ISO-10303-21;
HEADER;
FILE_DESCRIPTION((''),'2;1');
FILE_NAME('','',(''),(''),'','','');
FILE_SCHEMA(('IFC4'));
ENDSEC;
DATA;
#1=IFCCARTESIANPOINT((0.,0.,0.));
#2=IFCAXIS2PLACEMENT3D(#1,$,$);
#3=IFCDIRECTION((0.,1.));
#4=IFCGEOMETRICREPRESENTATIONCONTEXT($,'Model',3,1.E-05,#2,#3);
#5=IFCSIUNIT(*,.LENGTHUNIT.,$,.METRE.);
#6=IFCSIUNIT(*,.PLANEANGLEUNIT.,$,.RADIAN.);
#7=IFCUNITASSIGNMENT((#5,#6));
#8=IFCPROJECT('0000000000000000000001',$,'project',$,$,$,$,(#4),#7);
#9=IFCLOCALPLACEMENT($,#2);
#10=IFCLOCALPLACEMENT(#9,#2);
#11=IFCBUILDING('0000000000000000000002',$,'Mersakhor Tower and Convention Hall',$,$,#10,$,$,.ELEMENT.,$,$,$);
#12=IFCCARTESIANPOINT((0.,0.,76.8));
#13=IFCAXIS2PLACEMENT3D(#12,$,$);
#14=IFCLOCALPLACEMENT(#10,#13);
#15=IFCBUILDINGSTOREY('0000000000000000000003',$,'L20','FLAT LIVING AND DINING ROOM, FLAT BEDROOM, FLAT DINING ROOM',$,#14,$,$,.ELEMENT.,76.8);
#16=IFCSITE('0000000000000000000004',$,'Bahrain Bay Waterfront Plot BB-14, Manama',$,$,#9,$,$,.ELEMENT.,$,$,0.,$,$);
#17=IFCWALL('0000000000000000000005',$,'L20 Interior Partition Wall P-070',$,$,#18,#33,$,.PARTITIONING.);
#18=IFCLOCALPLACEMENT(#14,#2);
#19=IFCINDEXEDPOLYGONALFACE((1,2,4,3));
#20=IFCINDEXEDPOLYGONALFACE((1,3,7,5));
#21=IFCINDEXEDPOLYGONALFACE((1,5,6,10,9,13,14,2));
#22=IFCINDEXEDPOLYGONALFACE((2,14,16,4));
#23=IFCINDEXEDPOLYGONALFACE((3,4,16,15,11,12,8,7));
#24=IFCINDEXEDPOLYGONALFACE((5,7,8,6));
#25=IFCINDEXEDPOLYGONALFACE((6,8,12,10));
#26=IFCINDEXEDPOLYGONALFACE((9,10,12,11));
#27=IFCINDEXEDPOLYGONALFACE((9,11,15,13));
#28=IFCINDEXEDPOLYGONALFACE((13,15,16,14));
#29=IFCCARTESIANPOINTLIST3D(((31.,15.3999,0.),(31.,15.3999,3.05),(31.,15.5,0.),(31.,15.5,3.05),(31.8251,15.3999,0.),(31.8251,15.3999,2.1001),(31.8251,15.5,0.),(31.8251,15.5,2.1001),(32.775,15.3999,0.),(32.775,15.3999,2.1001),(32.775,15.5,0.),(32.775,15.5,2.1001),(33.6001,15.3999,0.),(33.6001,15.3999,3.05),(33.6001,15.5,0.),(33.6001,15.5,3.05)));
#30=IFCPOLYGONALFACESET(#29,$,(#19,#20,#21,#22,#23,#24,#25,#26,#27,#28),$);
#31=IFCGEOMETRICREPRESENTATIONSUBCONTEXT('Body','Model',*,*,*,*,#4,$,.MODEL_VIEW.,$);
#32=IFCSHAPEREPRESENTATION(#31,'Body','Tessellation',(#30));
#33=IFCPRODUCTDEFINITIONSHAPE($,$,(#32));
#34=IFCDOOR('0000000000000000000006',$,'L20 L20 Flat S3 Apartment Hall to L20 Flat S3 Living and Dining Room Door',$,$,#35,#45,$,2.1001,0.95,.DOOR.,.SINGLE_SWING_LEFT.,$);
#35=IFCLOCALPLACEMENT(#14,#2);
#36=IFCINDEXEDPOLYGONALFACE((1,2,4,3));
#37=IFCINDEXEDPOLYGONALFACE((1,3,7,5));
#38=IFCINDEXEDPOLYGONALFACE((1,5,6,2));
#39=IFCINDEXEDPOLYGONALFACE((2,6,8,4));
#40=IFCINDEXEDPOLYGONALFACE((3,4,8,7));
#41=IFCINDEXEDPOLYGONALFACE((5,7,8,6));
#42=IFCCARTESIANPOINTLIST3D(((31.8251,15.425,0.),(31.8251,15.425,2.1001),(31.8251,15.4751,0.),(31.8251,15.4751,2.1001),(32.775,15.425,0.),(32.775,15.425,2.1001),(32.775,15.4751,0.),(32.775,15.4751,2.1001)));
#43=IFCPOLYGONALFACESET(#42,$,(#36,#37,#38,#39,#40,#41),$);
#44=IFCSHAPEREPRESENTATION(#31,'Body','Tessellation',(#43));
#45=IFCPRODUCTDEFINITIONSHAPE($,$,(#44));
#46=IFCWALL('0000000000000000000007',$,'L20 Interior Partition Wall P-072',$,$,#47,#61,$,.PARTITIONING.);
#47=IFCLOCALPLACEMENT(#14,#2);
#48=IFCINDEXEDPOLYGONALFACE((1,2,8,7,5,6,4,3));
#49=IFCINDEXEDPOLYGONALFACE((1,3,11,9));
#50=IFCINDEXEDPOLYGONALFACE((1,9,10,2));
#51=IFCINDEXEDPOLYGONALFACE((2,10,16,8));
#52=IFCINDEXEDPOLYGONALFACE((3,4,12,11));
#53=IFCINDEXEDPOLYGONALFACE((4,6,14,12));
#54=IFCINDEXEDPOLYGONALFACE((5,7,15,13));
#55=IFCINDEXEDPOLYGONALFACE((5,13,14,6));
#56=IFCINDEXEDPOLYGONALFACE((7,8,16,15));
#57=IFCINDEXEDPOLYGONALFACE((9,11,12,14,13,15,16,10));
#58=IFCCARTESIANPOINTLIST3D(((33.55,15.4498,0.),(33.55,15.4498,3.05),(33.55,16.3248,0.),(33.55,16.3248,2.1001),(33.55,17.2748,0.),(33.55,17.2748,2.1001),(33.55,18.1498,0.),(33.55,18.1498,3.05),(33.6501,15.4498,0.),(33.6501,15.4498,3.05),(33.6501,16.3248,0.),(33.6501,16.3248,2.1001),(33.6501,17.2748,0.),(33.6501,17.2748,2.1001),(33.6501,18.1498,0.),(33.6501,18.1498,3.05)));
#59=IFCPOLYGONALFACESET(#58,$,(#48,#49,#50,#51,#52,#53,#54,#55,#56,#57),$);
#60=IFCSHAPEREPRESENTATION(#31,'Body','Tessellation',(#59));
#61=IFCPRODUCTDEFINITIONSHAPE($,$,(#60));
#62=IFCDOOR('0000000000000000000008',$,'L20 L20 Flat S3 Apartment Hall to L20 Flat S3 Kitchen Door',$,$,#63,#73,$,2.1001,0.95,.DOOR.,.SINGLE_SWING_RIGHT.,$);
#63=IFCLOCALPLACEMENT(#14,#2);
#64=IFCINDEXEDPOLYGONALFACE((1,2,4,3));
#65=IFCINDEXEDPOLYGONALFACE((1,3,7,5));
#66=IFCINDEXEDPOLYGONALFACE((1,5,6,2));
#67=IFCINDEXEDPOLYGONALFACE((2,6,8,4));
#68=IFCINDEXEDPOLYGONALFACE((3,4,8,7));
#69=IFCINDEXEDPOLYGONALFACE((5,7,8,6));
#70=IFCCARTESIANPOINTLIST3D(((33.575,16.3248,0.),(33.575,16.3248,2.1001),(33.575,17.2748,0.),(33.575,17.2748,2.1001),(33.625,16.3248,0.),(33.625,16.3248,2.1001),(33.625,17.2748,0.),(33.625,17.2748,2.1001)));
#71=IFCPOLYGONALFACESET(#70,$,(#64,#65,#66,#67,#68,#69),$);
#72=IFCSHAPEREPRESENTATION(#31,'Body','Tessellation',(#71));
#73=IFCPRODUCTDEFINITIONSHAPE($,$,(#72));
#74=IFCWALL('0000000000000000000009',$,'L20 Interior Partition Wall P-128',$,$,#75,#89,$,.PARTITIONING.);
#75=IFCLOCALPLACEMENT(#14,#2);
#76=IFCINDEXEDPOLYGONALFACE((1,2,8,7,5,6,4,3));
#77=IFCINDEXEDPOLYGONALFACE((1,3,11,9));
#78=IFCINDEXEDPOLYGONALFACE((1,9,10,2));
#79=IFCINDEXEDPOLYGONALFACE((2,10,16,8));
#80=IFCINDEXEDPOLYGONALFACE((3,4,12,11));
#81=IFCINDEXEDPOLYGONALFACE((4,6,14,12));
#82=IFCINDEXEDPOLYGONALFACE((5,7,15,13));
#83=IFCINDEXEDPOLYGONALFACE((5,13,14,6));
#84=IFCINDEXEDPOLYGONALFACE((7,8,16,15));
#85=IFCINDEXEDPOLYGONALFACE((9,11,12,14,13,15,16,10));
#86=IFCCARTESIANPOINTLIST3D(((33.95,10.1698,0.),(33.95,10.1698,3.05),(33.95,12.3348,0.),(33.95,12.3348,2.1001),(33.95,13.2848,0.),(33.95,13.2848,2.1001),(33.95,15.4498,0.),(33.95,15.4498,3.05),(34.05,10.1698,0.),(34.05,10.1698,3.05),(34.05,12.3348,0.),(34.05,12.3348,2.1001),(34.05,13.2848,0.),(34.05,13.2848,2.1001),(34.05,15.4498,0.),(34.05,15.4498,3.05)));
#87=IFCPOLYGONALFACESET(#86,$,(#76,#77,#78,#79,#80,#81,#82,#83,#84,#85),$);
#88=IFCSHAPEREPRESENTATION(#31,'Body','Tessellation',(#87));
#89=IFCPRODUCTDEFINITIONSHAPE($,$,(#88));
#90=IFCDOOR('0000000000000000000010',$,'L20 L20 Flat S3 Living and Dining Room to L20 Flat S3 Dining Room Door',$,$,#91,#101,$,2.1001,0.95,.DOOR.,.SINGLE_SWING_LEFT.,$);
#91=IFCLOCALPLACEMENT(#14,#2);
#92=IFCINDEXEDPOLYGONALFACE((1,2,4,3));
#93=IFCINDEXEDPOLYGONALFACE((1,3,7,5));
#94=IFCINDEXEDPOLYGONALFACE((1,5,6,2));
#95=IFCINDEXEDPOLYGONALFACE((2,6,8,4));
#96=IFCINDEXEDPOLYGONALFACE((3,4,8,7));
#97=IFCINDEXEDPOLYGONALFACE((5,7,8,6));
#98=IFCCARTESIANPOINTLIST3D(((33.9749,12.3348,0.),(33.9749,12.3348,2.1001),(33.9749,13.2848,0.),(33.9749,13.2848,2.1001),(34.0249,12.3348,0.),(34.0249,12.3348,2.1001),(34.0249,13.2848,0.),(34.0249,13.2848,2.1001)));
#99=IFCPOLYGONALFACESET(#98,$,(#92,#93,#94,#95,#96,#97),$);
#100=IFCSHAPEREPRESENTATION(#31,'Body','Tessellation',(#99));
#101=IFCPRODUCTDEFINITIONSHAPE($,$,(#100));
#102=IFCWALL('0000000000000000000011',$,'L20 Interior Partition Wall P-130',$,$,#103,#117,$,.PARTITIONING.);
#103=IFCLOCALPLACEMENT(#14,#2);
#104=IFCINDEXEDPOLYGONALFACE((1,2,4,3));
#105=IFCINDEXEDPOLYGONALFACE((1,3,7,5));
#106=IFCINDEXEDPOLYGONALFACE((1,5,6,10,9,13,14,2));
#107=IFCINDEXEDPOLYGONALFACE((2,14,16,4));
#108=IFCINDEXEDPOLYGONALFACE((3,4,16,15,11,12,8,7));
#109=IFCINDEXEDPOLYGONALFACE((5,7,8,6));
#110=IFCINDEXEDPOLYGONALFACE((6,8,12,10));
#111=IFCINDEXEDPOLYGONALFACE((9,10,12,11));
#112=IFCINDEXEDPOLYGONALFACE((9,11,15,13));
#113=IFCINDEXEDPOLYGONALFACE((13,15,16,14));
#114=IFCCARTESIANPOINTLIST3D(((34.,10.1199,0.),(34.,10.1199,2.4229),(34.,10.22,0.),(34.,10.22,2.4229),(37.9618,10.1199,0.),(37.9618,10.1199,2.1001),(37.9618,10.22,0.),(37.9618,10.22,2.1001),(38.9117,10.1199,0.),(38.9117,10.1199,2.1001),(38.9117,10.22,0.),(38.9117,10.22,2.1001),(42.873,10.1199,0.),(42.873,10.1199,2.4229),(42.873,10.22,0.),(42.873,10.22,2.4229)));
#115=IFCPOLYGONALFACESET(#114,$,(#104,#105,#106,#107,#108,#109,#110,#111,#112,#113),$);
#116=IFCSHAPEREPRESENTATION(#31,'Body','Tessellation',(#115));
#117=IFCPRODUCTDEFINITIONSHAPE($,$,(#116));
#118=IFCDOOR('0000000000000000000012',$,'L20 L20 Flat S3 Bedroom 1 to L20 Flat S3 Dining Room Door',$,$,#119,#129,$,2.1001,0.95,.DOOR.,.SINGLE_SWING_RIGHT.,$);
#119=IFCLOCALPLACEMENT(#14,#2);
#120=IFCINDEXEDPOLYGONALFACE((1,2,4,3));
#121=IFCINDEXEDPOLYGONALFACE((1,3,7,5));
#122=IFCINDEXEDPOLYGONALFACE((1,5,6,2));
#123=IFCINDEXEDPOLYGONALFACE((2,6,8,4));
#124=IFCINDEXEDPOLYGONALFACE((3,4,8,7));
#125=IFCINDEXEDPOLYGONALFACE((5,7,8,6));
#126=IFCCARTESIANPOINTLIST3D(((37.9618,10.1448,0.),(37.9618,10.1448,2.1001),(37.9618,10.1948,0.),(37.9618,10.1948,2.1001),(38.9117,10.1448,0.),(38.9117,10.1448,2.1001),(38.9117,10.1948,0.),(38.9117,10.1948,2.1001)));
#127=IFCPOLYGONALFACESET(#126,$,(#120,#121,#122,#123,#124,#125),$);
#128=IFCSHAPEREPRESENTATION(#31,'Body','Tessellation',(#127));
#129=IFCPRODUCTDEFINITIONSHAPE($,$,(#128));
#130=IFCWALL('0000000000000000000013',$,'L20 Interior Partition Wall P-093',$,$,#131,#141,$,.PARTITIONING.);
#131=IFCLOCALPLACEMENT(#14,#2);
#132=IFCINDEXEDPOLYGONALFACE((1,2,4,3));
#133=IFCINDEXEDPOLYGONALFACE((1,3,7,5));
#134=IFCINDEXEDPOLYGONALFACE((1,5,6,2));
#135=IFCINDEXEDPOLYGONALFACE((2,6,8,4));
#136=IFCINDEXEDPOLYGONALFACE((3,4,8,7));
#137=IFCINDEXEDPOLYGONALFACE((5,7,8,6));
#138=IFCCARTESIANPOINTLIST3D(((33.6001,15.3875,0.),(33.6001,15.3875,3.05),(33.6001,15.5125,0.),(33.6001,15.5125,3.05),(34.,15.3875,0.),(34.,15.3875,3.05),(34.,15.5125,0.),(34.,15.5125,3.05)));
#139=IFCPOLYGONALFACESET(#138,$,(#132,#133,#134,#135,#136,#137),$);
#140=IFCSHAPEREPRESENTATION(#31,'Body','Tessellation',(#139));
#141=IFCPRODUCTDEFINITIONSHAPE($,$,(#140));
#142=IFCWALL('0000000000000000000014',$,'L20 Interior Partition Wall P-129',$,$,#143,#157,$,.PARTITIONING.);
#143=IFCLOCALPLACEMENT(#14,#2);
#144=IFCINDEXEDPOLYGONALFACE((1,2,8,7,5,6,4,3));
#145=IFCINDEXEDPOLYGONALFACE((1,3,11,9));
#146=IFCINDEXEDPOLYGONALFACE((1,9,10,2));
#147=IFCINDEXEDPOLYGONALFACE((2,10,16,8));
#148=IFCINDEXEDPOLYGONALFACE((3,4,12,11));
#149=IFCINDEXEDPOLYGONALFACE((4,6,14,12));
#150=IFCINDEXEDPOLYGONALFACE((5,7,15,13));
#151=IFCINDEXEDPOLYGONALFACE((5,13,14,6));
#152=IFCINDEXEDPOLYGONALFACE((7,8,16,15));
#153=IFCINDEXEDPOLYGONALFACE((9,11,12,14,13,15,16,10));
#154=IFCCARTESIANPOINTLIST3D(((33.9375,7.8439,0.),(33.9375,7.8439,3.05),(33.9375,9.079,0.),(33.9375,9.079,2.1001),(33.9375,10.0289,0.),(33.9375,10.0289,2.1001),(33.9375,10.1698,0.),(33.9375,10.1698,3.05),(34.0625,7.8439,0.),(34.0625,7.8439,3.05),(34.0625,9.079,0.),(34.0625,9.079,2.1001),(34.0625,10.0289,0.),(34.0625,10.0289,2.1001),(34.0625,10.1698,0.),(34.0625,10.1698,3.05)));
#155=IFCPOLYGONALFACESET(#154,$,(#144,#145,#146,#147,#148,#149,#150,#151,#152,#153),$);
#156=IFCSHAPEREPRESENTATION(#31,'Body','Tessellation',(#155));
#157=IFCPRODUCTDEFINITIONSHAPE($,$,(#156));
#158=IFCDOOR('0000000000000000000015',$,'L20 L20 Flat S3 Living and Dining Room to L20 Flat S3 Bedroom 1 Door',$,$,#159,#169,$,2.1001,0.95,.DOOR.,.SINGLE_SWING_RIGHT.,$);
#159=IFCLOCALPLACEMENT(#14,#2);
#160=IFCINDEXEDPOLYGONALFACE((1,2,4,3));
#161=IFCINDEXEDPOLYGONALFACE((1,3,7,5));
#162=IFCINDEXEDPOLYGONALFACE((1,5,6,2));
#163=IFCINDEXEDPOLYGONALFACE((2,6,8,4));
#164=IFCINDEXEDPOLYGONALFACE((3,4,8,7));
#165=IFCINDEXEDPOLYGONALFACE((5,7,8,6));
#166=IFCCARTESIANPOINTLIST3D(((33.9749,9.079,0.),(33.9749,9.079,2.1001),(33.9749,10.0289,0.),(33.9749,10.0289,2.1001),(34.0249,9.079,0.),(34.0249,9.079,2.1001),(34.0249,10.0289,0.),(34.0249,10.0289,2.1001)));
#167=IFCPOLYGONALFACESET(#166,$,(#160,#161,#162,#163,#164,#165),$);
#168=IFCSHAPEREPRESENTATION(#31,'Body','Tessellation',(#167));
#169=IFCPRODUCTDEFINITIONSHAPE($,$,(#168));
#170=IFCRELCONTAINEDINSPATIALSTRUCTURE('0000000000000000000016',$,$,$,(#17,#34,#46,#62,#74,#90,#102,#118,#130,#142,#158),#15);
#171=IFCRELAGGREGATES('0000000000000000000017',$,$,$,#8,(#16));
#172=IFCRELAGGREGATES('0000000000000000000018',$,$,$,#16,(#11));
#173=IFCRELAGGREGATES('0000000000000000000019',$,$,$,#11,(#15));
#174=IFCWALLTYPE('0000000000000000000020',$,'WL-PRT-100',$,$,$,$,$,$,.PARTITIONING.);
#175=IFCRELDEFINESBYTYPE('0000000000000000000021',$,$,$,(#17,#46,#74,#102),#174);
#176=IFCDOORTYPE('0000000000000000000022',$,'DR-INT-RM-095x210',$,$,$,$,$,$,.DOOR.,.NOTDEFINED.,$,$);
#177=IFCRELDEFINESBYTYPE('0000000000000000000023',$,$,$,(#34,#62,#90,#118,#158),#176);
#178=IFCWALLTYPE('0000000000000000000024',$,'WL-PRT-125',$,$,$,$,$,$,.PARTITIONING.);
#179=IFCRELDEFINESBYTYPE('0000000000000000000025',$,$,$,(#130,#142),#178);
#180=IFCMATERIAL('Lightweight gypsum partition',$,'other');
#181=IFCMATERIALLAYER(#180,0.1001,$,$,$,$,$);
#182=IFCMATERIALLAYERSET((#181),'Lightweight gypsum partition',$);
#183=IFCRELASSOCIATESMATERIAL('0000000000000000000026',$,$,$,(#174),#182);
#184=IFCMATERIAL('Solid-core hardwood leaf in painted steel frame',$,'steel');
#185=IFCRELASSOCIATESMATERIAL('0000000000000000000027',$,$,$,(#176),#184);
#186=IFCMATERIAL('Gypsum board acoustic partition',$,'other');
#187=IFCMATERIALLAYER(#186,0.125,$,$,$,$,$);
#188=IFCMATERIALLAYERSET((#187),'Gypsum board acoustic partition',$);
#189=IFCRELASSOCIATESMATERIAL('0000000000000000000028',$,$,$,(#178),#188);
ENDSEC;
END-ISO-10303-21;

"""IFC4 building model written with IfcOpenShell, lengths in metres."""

from ifc_helpers import new_model, si_unit, direction, frame, frame_2d, origin, place, context, subcontext, project, spatial, rectangle, extrude, material, layer, layer_set, type_object, element, fill, save


model = new_model("IFC4")

# Units and contexts
model_context = context("Model", 3, precision=1e-05, world=origin(), true_north=direction((0.0, 1.0)))
body_context = subcontext(model_context, "Body", "Model", "MODEL_VIEW")
ifc_project = project(units=[si_unit("LENGTHUNIT", "METRE"), si_unit("PLANEANGLEUNIT", "RADIAN")], contexts=[model_context])

# Site, building, storey
site_placement = place(None, origin())
site = spatial("IfcSite", under=ifc_project, at=site_placement, Name="Bahrain Bay Waterfront Plot BB-14, Manama", CompositionType="ELEMENT", RefElevation=0.0)
building_placement = place(site_placement, origin())
building = spatial("IfcBuilding", under=site, at=building_placement, Name="Mersakhor Tower and Convention Hall", CompositionType="ELEMENT")
storey_placement = place(building_placement, frame((0.0, 0.0, 76.8)))
storey = spatial("IfcBuildingStorey", under=building, at=storey_placement, Name="L20", Description="FLAT LIVING AND DINING ROOM, FLAT BEDROOM, FLAT DINING ROOM", CompositionType="ELEMENT", Elevation=76.8)

# Walls, openings, doors
ifc_material_1 = material(Name="Lightweight gypsum partition", Category="other")
ifc_layer_1 = layer(ifc_material_1, 0.1001)
ifc_layer_set_1 = layer_set([ifc_layer_1], Name="Lightweight gypsum partition")
wall_type_1 = type_object("IfcWallType", Name="WL-PRT-100", PredefinedType="PARTITIONING", material=ifc_layer_set_1)
wall_1_placement = place(storey_placement, frame((33.6001, 15.45, 0.0), z_axis=(0.0, 0.0, 1.0), x_axis=(-1.0, 0.0, 0.0)))
wall_1 = element("IfcWall", 1, at=wall_1_placement, inside=storey, type_object=wall_type_1, Name="L20 Interior Partition Wall P-070", PredefinedType="PARTITIONING", context=body_context, shape_type="SweptSolid", body=[
    extrude(rectangle(XDim=2.6001, YDim=0.1001, at=frame_2d((1.3, 0.0))), origin(), (0.0, 0.0, 1.0), 3.05),
])
opening_1_placement = place(wall_1_placement, frame((0.825, 0.0, 0.0)))
opening_1 = element("IfcOpeningElement", 2, at=opening_1_placement, cuts=wall_1, PredefinedType="OPENING", context=body_context, shape_type="SweptSolid", body=[
    extrude(rectangle(XDim=0.95, YDim=2.1001, at=frame_2d((0.4751, 1.05))), frame((0.0, 0.0601, 0.0), z_axis=(0.0, -1.0, 0.0), x_axis=(1.0, 0.0, 0.0)), (0.0, 0.0, 1.0), 0.1201),
])
ifc_material_2 = material(Name="Solid-core hardwood leaf in painted steel frame", Category="steel")
door_type_1 = type_object("IfcDoorType", Name="DR-INT-RM-095x210", OperationType="NOTDEFINED", PredefinedType="DOOR", material=ifc_material_2)
door_1_placement = place(opening_1_placement, origin())
door_1 = element("IfcDoor", 3, at=door_1_placement, inside=storey, type_object=door_type_1, Name="L20 L20 Flat S3 Apartment Hall to L20 Flat S3 Living and Dining Room Door", OperationType="SINGLE_SWING_LEFT", OverallHeight=2.1001, OverallWidth=0.95, PredefinedType="DOOR", context=body_context, shape_type="SweptSolid", body=[
    extrude(rectangle(XDim=0.95, YDim=2.1001, at=frame_2d((0.4751, 1.05))), frame((0.0, 0.0249, 0.0), z_axis=(0.0, -1.0, 0.0), x_axis=(1.0, 0.0, 0.0)), (0.0, 0.0, 1.0), 0.05),
])
fill(opening_1, door_1)
wall_2_placement = place(storey_placement, frame((33.6001, 18.1499, 0.0), z_axis=(0.0, 0.0, 1.0), x_axis=(0.0, -1.0, 0.0)))
wall_2 = element("IfcWall", 4, at=wall_2_placement, inside=storey, type_object=wall_type_1, Name="L20 Interior Partition Wall P-072", PredefinedType="PARTITIONING", context=body_context, shape_type="SweptSolid", body=[
    extrude(rectangle(XDim=2.7, YDim=0.1001, at=frame_2d((1.3501, 0.0))), origin(), (0.0, 0.0, 1.0), 3.05),
])
opening_2_placement = place(wall_2_placement, frame((0.875, 0.0, 0.0)))
opening_2 = element("IfcOpeningElement", 5, at=opening_2_placement, cuts=wall_2, PredefinedType="OPENING", context=body_context, shape_type="SweptSolid", body=[
    extrude(rectangle(XDim=0.95, YDim=2.1001, at=frame_2d((0.4751, 1.05))), frame((0.0, 0.0601, 0.0), z_axis=(0.0, -1.0, 0.0), x_axis=(1.0, 0.0, 0.0)), (0.0, 0.0, 1.0), 0.1201),
])
door_2_placement = place(opening_2_placement, origin())
door_2 = element("IfcDoor", 6, at=door_2_placement, inside=storey, type_object=door_type_1, Name="L20 L20 Flat S3 Apartment Hall to L20 Flat S3 Kitchen Door", OperationType="SINGLE_SWING_RIGHT", OverallHeight=2.1001, OverallWidth=0.95, PredefinedType="DOOR", context=body_context, shape_type="SweptSolid", body=[
    extrude(rectangle(XDim=0.95, YDim=2.1001, at=frame_2d((0.4751, 1.05))), frame((0.0, 0.0249, 0.0), z_axis=(0.0, -1.0, 0.0), x_axis=(1.0, 0.0, 0.0)), (0.0, 0.0, 1.0), 0.05),
])
fill(opening_2, door_2)
wall_3_placement = place(storey_placement, frame((34.0, 15.45, 0.0), z_axis=(0.0, 0.0, 1.0), x_axis=(0.0, -1.0, 0.0)))
wall_3 = element("IfcWall", 7, at=wall_3_placement, inside=storey, type_object=wall_type_1, Name="L20 Interior Partition Wall P-128", PredefinedType="PARTITIONING", context=body_context, shape_type="SweptSolid", body=[
    extrude(rectangle(XDim=5.28, YDim=0.1001, at=frame_2d((2.6401, 0.0))), origin(), (0.0, 0.0, 1.0), 3.05),
])
opening_3_placement = place(wall_3_placement, frame((2.165, 0.0, 0.0)))
opening_3 = element("IfcOpeningElement", 8, at=opening_3_placement, cuts=wall_3, PredefinedType="OPENING", context=body_context, shape_type="SweptSolid", body=[
    extrude(rectangle(XDim=0.95, YDim=2.1001, at=frame_2d((0.4751, 1.05))), frame((0.0, 0.0601, 0.0), z_axis=(0.0, -1.0, 0.0), x_axis=(1.0, 0.0, 0.0)), (0.0, 0.0, 1.0), 0.1201),
])
door_3_placement = place(opening_3_placement, origin())
door_3 = element("IfcDoor", 9, at=door_3_placement, inside=storey, type_object=door_type_1, Name="L20 L20 Flat S3 Living and Dining Room to L20 Flat S3 Dining Room Door", OperationType="SINGLE_SWING_LEFT", OverallHeight=2.1001, OverallWidth=0.95, PredefinedType="DOOR", context=body_context, shape_type="SweptSolid", body=[
    extrude(rectangle(XDim=0.95, YDim=2.1001, at=frame_2d((0.4751, 1.05))), frame((0.0, 0.0249, 0.0), z_axis=(0.0, -1.0, 0.0), x_axis=(1.0, 0.0, 0.0)), (0.0, 0.0, 1.0), 0.05),
])
fill(opening_3, door_3)
wall_4_placement = place(storey_placement, frame((34.0, 10.1699, 0.0), z_axis=(0.0, 0.0, 1.0), x_axis=(1.0, 0.0, 0.0)))
wall_4 = element("IfcWall", 10, at=wall_4_placement, inside=storey, type_object=wall_type_1, Name="L20 Interior Partition Wall P-130", PredefinedType="PARTITIONING", context=body_context, shape_type="SweptSolid", body=[
    extrude(rectangle(XDim=8.873, YDim=0.1001, at=frame_2d((4.4365, 0.0))), origin(), (0.0, 0.0, 1.0), 2.4229),
])
opening_4_placement = place(wall_4_placement, frame((3.9617, 0.0, 0.0)))
opening_4 = element("IfcOpeningElement", 11, at=opening_4_placement, cuts=wall_4, PredefinedType="OPENING", context=body_context, shape_type="SweptSolid", body=[
    extrude(rectangle(XDim=0.95, YDim=2.1001, at=frame_2d((0.4751, 1.05))), frame((0.0, 0.0601, 0.0), z_axis=(0.0, -1.0, 0.0), x_axis=(1.0, 0.0, 0.0)), (0.0, 0.0, 1.0), 0.1201),
])
door_4_placement = place(opening_4_placement, origin())
door_4 = element("IfcDoor", 12, at=door_4_placement, inside=storey, type_object=door_type_1, Name="L20 L20 Flat S3 Bedroom 1 to L20 Flat S3 Dining Room Door", OperationType="SINGLE_SWING_RIGHT", OverallHeight=2.1001, OverallWidth=0.95, PredefinedType="DOOR", context=body_context, shape_type="SweptSolid", body=[
    extrude(rectangle(XDim=0.95, YDim=2.1001, at=frame_2d((0.4751, 1.05))), frame((0.0, 0.0249, 0.0), z_axis=(0.0, -1.0, 0.0), x_axis=(1.0, 0.0, 0.0)), (0.0, 0.0, 1.0), 0.05),
])
fill(opening_4, door_4)

# Wall
ifc_material_3 = material(Name="Gypsum board acoustic partition", Category="other")
ifc_layer_2 = layer(ifc_material_3, 0.125)
ifc_layer_set_2 = layer_set([ifc_layer_2], Name="Gypsum board acoustic partition")
wall_type_2 = type_object("IfcWallType", Name="WL-PRT-125", PredefinedType="PARTITIONING", material=ifc_layer_set_2)
wall_5_placement = place(storey_placement, frame((34.0, 15.45, 0.0), z_axis=(0.0, 0.0, 1.0), x_axis=(-1.0, 0.0, 0.0)))
element("IfcWall", 13, at=wall_5_placement, inside=storey, type_object=wall_type_2, Name="L20 Interior Partition Wall P-093", PredefinedType="PARTITIONING", context=body_context, shape_type="SweptSolid", body=[
    extrude(rectangle(XDim=0.3999, YDim=0.125, at=frame_2d((0.2, 0.0))), origin(), (0.0, 0.0, 1.0), 3.05),
])

# Wall, opening, door
wall_6_placement = place(storey_placement, frame((34.0, 10.1699, 0.0), z_axis=(0.0, 0.0, 1.0), x_axis=(0.0, -1.0, 0.0)))
wall_6 = element("IfcWall", 14, at=wall_6_placement, inside=storey, type_object=wall_type_2, Name="L20 Interior Partition Wall P-129", PredefinedType="PARTITIONING", context=body_context, shape_type="SweptSolid", body=[
    extrude(rectangle(XDim=2.3259, YDim=0.125, at=frame_2d((1.1631, 0.0))), origin(), (0.0, 0.0, 1.0), 3.05),
])
opening_5_placement = place(wall_6_placement, frame((0.1409, 0.0, 0.0)))
opening_5 = element("IfcOpeningElement", 15, at=opening_5_placement, cuts=wall_6, PredefinedType="OPENING", context=body_context, shape_type="SweptSolid", body=[
    extrude(rectangle(XDim=0.95, YDim=2.1001, at=frame_2d((0.4751, 1.05))), frame((0.0, 0.0725, 0.0), z_axis=(0.0, -1.0, 0.0), x_axis=(1.0, 0.0, 0.0)), (0.0, 0.0, 1.0), 0.145),
])
door_5_placement = place(opening_5_placement, origin())
door_5 = element("IfcDoor", 16, at=door_5_placement, inside=storey, type_object=door_type_1, Name="L20 L20 Flat S3 Living and Dining Room to L20 Flat S3 Bedroom 1 Door", OperationType="SINGLE_SWING_RIGHT", OverallHeight=2.1001, OverallWidth=0.95, PredefinedType="DOOR", context=body_context, shape_type="SweptSolid", body=[
    extrude(rectangle(XDim=0.95, YDim=2.1001, at=frame_2d((0.4751, 1.05))), frame((0.0, 0.0249, 0.0), z_axis=(0.0, -1.0, 0.0), x_axis=(1.0, 0.0, 0.0)), (0.0, 0.0, 1.0), 0.05),
])
fill(opening_5, door_5)

save(model, "model.ifc")
